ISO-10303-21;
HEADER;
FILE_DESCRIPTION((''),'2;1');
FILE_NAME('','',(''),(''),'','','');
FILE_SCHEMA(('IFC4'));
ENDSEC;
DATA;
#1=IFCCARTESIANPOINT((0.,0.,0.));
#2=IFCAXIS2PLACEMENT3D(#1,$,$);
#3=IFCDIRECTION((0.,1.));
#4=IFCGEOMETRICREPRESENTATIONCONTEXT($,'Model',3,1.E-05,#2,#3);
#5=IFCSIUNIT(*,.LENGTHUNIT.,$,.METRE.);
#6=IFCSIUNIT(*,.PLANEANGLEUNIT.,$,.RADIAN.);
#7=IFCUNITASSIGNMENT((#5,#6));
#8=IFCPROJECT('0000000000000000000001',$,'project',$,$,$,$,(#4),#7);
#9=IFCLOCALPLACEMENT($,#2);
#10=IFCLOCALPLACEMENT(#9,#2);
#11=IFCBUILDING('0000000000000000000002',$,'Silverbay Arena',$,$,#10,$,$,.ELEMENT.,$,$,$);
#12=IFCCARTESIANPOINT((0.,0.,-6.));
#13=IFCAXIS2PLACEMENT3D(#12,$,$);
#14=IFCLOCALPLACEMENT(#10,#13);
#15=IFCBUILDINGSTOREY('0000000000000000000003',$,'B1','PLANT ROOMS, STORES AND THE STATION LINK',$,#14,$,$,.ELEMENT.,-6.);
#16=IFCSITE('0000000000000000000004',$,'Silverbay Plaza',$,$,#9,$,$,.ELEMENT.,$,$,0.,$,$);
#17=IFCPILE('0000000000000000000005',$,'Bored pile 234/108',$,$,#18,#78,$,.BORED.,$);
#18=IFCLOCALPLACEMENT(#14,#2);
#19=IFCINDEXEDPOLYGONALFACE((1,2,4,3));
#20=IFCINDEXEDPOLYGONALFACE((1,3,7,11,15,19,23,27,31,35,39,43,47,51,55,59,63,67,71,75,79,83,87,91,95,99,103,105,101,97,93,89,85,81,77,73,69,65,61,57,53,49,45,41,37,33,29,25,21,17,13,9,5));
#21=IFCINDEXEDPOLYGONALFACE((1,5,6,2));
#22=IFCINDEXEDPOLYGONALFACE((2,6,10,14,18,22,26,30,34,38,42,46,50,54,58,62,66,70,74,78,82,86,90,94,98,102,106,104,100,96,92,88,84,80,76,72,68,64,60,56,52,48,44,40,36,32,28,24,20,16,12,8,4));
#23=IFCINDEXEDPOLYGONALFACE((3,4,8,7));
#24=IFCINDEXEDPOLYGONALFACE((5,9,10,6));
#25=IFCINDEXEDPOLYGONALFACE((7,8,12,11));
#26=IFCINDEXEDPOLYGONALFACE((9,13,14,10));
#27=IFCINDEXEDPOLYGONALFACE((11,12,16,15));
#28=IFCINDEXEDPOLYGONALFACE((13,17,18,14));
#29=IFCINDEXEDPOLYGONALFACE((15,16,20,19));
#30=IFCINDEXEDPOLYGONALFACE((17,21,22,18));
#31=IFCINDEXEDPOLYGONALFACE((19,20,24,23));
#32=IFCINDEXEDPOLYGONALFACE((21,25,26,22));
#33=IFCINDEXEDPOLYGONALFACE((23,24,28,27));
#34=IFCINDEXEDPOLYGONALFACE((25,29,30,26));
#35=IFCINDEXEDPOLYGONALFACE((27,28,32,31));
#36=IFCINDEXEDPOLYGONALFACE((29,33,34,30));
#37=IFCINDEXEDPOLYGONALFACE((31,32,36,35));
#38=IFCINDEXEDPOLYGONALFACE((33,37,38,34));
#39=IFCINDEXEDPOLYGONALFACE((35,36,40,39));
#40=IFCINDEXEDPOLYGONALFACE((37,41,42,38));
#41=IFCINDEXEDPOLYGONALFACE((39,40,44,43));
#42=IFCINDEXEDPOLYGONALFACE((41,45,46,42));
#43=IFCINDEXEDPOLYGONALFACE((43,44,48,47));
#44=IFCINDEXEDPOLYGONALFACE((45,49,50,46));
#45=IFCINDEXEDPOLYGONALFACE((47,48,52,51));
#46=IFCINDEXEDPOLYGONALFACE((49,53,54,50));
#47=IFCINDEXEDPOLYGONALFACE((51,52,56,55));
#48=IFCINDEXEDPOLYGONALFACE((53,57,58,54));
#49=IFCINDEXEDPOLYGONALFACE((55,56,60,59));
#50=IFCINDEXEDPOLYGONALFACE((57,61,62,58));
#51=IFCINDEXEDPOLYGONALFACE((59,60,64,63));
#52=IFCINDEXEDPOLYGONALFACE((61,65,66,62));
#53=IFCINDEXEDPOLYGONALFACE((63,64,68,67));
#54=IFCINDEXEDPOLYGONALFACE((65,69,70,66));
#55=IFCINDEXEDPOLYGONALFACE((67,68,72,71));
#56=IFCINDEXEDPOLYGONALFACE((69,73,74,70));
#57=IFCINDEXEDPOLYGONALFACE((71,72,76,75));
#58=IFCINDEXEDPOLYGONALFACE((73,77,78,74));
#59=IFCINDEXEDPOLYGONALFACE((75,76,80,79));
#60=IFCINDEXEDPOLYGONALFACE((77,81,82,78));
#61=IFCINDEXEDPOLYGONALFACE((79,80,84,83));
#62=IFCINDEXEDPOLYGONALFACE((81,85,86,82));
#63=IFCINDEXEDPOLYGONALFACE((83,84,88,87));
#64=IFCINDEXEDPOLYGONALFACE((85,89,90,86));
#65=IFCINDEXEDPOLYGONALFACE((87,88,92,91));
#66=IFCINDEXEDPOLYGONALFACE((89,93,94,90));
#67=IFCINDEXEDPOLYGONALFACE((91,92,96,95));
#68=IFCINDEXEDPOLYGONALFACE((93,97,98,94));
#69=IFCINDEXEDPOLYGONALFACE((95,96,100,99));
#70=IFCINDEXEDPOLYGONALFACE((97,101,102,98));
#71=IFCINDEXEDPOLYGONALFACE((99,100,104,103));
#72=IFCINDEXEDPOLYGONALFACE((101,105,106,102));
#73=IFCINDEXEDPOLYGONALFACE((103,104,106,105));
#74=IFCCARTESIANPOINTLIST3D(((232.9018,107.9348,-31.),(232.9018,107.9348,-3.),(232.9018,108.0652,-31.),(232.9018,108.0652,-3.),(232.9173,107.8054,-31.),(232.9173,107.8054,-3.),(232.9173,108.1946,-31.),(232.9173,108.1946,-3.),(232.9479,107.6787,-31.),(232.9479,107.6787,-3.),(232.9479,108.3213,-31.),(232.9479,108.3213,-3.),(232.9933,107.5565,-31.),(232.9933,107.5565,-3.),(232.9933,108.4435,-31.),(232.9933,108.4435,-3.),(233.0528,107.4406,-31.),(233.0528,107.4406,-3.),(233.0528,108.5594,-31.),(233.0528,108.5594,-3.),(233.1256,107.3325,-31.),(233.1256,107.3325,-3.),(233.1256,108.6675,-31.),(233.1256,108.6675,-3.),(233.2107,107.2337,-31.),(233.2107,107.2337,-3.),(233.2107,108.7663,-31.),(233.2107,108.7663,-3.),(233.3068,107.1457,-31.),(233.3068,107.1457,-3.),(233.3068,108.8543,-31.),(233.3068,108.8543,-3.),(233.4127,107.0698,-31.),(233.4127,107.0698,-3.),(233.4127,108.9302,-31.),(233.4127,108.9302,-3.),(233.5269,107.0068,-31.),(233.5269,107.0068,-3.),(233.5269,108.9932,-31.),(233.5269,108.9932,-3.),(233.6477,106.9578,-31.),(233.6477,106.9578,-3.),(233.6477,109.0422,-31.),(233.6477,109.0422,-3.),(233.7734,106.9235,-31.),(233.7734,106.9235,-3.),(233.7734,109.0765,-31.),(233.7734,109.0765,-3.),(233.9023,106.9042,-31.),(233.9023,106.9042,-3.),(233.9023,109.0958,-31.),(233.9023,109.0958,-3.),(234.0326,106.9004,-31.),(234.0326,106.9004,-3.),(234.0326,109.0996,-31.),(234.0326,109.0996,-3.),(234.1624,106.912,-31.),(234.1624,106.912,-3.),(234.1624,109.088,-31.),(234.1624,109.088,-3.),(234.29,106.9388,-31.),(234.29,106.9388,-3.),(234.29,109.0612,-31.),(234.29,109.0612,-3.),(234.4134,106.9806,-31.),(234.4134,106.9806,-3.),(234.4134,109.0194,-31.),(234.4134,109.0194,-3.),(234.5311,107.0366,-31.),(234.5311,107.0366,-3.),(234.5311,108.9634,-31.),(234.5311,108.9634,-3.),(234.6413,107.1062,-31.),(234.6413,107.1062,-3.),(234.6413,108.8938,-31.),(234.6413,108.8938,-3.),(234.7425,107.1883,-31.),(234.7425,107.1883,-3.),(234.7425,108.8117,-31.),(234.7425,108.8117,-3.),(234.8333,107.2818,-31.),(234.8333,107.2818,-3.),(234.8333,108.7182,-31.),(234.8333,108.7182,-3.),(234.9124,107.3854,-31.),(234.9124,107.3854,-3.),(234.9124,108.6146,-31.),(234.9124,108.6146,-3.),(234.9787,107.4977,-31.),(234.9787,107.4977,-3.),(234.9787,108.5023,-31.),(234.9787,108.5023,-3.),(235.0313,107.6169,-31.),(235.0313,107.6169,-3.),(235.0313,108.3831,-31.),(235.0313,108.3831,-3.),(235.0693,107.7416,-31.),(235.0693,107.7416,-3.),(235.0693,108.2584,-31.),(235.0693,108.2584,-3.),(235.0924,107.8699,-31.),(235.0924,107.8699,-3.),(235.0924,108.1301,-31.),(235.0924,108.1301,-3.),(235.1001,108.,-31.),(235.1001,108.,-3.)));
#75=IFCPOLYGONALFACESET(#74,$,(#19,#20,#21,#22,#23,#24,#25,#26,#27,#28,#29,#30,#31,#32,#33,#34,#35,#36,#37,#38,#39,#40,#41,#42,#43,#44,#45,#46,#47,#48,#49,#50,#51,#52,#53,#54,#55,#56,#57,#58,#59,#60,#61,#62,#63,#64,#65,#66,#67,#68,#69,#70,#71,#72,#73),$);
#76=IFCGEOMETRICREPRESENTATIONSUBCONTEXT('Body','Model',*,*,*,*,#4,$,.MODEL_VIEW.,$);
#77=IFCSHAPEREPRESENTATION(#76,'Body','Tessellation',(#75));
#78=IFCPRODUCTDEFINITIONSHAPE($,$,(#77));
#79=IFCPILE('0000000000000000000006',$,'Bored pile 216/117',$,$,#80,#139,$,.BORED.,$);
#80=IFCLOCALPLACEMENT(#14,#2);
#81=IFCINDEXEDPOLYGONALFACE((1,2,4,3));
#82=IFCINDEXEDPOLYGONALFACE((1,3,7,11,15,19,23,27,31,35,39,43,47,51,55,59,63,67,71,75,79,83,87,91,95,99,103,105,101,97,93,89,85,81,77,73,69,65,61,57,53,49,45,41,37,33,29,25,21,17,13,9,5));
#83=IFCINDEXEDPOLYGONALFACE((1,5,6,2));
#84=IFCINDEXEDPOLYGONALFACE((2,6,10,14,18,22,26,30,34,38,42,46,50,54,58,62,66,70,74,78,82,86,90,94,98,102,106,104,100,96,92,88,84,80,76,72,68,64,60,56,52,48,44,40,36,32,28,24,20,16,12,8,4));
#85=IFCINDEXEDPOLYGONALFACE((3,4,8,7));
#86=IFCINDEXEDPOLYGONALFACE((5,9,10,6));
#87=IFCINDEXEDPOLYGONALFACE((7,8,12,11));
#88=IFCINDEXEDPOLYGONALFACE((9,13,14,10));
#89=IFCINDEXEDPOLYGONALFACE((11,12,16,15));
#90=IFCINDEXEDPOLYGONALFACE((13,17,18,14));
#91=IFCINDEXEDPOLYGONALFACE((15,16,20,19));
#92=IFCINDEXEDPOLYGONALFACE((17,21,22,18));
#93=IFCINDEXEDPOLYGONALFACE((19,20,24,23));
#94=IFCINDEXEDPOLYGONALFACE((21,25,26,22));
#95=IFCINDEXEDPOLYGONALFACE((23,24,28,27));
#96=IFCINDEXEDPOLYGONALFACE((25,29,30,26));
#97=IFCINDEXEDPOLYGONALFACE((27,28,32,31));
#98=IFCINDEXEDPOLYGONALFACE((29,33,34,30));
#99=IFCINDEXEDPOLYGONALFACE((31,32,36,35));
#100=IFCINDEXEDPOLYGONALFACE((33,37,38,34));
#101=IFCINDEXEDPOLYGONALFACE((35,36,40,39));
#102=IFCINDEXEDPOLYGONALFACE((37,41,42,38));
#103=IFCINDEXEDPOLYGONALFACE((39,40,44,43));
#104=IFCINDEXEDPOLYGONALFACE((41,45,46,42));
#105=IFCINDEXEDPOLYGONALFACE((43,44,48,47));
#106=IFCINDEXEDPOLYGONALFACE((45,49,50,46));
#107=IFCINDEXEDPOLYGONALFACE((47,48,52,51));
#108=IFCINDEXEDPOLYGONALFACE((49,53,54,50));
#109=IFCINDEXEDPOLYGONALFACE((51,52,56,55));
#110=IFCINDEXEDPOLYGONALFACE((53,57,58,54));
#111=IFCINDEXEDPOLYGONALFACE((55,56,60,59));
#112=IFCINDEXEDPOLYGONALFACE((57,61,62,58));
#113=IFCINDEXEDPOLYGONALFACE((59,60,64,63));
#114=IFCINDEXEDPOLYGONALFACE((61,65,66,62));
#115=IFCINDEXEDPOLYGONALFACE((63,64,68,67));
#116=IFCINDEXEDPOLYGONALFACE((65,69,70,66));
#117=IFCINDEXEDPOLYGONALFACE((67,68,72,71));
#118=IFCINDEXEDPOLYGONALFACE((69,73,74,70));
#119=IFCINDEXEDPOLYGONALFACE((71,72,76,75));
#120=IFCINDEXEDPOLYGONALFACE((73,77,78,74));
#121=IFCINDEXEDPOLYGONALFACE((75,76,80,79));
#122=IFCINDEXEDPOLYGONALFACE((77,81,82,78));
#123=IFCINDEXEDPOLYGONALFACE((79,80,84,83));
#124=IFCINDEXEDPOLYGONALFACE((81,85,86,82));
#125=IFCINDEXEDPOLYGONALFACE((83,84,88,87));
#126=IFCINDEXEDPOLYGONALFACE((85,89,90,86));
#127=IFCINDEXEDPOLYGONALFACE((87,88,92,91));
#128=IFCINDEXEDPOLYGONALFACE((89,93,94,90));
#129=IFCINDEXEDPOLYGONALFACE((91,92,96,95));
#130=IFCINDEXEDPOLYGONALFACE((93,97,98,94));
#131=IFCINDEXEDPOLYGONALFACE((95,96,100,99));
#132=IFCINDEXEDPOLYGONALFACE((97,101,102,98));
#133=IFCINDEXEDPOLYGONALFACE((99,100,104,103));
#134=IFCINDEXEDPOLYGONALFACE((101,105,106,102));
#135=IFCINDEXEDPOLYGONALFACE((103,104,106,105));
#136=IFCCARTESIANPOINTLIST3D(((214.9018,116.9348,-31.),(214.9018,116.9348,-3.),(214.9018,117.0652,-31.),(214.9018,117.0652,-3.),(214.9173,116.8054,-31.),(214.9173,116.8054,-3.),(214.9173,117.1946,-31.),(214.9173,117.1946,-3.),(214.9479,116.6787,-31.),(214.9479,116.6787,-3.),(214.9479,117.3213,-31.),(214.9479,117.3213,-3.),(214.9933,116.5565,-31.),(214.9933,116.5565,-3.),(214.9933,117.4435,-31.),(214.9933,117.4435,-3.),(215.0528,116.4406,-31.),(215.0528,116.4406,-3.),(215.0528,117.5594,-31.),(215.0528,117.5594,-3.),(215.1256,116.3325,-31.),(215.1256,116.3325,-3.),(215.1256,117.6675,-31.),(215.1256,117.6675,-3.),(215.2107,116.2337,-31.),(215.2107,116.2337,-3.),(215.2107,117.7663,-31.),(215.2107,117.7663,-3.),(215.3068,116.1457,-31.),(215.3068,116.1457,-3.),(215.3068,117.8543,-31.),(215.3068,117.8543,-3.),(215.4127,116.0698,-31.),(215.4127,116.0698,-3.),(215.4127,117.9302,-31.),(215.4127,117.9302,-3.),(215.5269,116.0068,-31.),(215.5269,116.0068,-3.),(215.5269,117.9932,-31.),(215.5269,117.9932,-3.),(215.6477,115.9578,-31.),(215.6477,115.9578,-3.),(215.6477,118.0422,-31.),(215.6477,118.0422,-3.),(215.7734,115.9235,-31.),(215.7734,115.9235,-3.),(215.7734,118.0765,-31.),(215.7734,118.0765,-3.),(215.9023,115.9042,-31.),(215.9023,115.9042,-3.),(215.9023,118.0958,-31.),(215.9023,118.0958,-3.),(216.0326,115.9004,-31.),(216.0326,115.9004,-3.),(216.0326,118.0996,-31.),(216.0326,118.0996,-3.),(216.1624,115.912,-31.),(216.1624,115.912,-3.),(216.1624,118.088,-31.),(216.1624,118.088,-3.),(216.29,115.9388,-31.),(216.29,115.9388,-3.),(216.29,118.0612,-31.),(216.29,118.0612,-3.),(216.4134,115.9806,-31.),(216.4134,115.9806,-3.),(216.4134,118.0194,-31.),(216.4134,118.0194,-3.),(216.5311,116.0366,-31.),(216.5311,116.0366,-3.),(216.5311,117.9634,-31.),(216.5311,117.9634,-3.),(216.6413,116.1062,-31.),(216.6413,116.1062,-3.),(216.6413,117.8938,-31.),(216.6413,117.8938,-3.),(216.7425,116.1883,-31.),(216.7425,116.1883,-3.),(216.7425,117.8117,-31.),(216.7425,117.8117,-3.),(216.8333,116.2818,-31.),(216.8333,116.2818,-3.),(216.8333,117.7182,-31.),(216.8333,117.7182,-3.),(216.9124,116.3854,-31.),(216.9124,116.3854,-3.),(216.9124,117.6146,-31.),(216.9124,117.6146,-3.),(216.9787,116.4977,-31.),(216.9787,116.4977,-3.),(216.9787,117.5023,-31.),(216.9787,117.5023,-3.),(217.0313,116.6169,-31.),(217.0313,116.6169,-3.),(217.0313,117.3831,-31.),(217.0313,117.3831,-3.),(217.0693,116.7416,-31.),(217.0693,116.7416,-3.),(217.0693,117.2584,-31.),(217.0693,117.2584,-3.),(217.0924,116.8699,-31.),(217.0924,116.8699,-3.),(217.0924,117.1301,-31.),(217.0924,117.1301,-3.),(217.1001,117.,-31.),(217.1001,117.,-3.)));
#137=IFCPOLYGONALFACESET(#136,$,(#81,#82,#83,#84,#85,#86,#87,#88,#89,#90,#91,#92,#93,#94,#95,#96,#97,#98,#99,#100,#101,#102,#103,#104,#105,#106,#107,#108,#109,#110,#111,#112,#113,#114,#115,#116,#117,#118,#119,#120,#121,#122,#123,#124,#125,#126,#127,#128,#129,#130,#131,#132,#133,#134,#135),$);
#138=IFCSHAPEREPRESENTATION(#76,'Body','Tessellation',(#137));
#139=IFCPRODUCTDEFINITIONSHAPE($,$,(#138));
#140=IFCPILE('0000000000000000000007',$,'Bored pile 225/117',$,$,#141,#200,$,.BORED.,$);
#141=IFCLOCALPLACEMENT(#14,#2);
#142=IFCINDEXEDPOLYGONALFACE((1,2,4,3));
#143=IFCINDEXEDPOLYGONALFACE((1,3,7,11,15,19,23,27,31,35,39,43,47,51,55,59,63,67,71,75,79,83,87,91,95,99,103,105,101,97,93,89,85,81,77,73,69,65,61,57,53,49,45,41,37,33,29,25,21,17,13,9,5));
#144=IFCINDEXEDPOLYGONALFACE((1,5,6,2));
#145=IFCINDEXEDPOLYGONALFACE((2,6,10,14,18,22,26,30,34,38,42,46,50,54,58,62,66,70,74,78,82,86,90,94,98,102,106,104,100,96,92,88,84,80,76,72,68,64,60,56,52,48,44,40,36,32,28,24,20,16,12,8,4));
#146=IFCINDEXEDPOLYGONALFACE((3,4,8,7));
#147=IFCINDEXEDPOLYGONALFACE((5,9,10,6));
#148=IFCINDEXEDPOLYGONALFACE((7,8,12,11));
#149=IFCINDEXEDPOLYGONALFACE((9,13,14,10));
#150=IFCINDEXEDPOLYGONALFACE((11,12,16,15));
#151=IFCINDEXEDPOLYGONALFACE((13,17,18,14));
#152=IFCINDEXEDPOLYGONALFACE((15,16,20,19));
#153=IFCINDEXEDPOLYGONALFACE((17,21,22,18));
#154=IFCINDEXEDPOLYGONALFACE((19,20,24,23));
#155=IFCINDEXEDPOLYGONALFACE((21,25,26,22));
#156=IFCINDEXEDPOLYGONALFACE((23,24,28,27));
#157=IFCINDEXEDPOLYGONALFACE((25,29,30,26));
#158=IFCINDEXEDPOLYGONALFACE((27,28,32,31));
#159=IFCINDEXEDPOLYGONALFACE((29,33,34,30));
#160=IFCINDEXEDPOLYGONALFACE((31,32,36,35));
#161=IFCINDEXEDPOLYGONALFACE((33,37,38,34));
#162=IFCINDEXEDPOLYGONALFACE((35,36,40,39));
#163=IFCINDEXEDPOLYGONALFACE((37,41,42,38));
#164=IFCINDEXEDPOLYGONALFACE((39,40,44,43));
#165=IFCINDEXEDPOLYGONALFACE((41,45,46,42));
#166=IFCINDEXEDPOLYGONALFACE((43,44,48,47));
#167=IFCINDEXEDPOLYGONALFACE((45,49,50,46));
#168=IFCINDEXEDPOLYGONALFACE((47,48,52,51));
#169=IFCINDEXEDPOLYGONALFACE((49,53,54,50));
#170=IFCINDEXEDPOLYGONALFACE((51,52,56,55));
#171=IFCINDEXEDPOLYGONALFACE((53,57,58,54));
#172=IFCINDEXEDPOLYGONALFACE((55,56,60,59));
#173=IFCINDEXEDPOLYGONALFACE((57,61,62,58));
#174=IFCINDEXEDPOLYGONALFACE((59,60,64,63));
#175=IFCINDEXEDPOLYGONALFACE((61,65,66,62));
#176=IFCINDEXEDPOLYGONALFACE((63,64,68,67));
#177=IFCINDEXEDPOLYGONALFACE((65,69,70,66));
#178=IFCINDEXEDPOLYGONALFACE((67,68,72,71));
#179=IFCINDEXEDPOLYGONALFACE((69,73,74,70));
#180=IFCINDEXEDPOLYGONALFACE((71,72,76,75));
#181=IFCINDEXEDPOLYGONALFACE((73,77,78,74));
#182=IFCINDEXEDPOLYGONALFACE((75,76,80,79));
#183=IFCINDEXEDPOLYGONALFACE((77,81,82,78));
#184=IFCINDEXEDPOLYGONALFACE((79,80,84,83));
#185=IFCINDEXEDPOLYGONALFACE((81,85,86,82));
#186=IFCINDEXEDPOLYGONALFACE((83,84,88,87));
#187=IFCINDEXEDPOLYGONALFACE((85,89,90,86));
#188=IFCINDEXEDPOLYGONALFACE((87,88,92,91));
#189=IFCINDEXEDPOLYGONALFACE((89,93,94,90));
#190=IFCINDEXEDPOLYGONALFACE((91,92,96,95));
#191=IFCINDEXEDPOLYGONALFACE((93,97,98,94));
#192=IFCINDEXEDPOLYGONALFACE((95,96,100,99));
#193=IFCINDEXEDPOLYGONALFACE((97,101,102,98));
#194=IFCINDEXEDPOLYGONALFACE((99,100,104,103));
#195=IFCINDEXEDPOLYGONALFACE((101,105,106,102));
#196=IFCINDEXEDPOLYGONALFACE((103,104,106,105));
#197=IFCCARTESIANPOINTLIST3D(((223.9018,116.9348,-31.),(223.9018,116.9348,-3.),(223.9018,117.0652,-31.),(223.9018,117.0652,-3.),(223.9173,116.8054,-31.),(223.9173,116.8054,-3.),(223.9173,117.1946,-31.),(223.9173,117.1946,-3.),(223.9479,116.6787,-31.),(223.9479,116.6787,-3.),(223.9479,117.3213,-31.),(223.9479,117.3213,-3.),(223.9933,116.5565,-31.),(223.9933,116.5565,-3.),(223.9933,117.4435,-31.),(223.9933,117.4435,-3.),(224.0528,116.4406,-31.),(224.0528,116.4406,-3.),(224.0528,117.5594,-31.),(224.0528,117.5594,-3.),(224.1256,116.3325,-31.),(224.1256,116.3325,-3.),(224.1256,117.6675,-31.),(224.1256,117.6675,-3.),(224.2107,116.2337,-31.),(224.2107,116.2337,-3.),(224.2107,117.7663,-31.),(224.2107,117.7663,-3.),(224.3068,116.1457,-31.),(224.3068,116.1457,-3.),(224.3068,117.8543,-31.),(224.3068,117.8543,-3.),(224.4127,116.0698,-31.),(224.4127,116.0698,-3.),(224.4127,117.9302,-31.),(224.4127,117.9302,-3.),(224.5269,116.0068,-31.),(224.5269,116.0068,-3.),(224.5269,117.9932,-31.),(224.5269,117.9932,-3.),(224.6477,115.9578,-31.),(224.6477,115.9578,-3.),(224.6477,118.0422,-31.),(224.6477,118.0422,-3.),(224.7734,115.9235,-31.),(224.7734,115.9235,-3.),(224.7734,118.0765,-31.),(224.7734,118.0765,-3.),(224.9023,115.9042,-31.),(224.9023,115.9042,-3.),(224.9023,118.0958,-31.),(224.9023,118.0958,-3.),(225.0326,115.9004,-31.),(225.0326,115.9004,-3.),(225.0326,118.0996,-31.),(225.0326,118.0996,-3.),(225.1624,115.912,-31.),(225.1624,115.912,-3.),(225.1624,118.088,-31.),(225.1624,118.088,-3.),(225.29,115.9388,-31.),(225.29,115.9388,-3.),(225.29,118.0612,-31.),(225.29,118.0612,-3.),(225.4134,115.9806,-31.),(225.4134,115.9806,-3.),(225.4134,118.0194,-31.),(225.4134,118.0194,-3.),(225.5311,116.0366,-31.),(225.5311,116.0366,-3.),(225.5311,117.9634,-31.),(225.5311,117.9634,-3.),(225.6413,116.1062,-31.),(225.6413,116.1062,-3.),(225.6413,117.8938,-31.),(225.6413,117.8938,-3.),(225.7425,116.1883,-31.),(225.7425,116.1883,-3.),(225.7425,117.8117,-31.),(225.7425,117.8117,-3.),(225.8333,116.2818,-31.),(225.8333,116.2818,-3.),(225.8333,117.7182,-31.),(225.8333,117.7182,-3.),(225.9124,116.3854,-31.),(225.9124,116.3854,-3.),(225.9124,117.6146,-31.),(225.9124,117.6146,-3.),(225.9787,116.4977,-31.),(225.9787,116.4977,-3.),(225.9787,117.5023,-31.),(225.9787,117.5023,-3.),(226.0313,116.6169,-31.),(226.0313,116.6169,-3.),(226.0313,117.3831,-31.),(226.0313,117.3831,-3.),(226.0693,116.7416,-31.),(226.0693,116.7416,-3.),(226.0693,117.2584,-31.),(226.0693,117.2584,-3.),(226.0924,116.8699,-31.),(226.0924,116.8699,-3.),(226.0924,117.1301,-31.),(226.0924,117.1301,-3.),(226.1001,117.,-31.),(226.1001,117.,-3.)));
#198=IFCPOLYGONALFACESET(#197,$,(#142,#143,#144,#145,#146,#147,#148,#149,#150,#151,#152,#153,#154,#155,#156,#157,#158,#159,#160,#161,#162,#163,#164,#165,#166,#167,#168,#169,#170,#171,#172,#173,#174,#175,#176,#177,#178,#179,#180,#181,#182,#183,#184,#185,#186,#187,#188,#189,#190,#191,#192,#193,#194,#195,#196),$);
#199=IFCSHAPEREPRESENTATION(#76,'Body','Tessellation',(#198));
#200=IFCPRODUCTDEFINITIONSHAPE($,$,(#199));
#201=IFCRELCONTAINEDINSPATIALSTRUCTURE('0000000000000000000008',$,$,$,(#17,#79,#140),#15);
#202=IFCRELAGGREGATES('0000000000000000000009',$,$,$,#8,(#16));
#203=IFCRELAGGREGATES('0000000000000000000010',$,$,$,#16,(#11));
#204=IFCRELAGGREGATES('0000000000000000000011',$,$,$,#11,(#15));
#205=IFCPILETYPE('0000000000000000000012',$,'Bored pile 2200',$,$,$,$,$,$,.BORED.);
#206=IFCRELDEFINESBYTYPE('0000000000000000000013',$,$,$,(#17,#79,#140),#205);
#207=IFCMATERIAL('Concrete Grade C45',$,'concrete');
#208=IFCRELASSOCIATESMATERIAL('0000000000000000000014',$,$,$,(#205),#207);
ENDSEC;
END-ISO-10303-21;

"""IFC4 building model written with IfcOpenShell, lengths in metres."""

from ifc_helpers import new_model, si_unit, direction, frame, origin, origin_2d, place, context, subcontext, project, spatial, circle, extrude, material, material_profile, profile_set, type_object, element, save


model = new_model("IFC4")

# Units and contexts
model_context = context("Model", 3, precision=1e-05, world=origin(), true_north=direction((0.0, 1.0)))
body_context = subcontext(model_context, "Body", "Model", "MODEL_VIEW")
ifc_project = project(units=[si_unit("LENGTHUNIT", "METRE"), si_unit("PLANEANGLEUNIT", "RADIAN")], contexts=[model_context])

# Site, building, storey
site_placement = place(None, origin())
site = spatial("IfcSite", under=ifc_project, at=site_placement, Name="Silverbay Plaza", CompositionType="ELEMENT", RefElevation=0.0)
building_placement = place(site_placement, origin())
building = spatial("IfcBuilding", under=site, at=building_placement, Name="Silverbay Arena", CompositionType="ELEMENT")
storey_placement = place(building_placement, frame((0.0, 0.0, -6.0)))
storey = spatial("IfcBuildingStorey", under=building, at=storey_placement, Name="B1", Description="PLANT ROOMS, STORES AND THE STATION LINK", CompositionType="ELEMENT", Elevation=-6.0)

# Piles
ifc_material_1 = material(Name="Concrete Grade C45", Category="concrete")
ifc_material_profile_1 = material_profile(ifc_material_1, circle(Radius=1.1001, at=origin_2d()), Name="Bored pile 2200")
ifc_profile_set_1 = profile_set([ifc_material_profile_1], Name="Concrete Grade C45")
pile_type_1 = type_object("IfcPileType", Name="Bored pile 2200", PredefinedType="BORED", material=ifc_profile_set_1)
for number, where, z_axis, x_axis, name in (
    (1, (234.0, 108.0, -3.0), (0.0, 0.0, -1.0), (1.0, 0.0, 0.0), "Bored pile 234/108"),
    (2, (216.0, 117.0, -3.0), (0.0, 0.0, -1.0), (1.0, 0.0, 0.0), "Bored pile 216/117"),
    (3, (225.0, 117.0, -3.0), (0.0, 0.0, -1.0), (1.0, 0.0, 0.0), "Bored pile 225/117"),
):
    element("IfcPile", number, at=place(storey_placement, frame(where, z_axis=z_axis, x_axis=x_axis)), inside=storey, type_object=pile_type_1, Name=name, PredefinedType="BORED", context=body_context, shape_type="SweptSolid", body=[
        extrude(circle(Radius=1.1001, at=origin_2d()), origin(), (0.0, 0.0, 1.0), 28.0),
    ])

save(model, "model.ifc")
